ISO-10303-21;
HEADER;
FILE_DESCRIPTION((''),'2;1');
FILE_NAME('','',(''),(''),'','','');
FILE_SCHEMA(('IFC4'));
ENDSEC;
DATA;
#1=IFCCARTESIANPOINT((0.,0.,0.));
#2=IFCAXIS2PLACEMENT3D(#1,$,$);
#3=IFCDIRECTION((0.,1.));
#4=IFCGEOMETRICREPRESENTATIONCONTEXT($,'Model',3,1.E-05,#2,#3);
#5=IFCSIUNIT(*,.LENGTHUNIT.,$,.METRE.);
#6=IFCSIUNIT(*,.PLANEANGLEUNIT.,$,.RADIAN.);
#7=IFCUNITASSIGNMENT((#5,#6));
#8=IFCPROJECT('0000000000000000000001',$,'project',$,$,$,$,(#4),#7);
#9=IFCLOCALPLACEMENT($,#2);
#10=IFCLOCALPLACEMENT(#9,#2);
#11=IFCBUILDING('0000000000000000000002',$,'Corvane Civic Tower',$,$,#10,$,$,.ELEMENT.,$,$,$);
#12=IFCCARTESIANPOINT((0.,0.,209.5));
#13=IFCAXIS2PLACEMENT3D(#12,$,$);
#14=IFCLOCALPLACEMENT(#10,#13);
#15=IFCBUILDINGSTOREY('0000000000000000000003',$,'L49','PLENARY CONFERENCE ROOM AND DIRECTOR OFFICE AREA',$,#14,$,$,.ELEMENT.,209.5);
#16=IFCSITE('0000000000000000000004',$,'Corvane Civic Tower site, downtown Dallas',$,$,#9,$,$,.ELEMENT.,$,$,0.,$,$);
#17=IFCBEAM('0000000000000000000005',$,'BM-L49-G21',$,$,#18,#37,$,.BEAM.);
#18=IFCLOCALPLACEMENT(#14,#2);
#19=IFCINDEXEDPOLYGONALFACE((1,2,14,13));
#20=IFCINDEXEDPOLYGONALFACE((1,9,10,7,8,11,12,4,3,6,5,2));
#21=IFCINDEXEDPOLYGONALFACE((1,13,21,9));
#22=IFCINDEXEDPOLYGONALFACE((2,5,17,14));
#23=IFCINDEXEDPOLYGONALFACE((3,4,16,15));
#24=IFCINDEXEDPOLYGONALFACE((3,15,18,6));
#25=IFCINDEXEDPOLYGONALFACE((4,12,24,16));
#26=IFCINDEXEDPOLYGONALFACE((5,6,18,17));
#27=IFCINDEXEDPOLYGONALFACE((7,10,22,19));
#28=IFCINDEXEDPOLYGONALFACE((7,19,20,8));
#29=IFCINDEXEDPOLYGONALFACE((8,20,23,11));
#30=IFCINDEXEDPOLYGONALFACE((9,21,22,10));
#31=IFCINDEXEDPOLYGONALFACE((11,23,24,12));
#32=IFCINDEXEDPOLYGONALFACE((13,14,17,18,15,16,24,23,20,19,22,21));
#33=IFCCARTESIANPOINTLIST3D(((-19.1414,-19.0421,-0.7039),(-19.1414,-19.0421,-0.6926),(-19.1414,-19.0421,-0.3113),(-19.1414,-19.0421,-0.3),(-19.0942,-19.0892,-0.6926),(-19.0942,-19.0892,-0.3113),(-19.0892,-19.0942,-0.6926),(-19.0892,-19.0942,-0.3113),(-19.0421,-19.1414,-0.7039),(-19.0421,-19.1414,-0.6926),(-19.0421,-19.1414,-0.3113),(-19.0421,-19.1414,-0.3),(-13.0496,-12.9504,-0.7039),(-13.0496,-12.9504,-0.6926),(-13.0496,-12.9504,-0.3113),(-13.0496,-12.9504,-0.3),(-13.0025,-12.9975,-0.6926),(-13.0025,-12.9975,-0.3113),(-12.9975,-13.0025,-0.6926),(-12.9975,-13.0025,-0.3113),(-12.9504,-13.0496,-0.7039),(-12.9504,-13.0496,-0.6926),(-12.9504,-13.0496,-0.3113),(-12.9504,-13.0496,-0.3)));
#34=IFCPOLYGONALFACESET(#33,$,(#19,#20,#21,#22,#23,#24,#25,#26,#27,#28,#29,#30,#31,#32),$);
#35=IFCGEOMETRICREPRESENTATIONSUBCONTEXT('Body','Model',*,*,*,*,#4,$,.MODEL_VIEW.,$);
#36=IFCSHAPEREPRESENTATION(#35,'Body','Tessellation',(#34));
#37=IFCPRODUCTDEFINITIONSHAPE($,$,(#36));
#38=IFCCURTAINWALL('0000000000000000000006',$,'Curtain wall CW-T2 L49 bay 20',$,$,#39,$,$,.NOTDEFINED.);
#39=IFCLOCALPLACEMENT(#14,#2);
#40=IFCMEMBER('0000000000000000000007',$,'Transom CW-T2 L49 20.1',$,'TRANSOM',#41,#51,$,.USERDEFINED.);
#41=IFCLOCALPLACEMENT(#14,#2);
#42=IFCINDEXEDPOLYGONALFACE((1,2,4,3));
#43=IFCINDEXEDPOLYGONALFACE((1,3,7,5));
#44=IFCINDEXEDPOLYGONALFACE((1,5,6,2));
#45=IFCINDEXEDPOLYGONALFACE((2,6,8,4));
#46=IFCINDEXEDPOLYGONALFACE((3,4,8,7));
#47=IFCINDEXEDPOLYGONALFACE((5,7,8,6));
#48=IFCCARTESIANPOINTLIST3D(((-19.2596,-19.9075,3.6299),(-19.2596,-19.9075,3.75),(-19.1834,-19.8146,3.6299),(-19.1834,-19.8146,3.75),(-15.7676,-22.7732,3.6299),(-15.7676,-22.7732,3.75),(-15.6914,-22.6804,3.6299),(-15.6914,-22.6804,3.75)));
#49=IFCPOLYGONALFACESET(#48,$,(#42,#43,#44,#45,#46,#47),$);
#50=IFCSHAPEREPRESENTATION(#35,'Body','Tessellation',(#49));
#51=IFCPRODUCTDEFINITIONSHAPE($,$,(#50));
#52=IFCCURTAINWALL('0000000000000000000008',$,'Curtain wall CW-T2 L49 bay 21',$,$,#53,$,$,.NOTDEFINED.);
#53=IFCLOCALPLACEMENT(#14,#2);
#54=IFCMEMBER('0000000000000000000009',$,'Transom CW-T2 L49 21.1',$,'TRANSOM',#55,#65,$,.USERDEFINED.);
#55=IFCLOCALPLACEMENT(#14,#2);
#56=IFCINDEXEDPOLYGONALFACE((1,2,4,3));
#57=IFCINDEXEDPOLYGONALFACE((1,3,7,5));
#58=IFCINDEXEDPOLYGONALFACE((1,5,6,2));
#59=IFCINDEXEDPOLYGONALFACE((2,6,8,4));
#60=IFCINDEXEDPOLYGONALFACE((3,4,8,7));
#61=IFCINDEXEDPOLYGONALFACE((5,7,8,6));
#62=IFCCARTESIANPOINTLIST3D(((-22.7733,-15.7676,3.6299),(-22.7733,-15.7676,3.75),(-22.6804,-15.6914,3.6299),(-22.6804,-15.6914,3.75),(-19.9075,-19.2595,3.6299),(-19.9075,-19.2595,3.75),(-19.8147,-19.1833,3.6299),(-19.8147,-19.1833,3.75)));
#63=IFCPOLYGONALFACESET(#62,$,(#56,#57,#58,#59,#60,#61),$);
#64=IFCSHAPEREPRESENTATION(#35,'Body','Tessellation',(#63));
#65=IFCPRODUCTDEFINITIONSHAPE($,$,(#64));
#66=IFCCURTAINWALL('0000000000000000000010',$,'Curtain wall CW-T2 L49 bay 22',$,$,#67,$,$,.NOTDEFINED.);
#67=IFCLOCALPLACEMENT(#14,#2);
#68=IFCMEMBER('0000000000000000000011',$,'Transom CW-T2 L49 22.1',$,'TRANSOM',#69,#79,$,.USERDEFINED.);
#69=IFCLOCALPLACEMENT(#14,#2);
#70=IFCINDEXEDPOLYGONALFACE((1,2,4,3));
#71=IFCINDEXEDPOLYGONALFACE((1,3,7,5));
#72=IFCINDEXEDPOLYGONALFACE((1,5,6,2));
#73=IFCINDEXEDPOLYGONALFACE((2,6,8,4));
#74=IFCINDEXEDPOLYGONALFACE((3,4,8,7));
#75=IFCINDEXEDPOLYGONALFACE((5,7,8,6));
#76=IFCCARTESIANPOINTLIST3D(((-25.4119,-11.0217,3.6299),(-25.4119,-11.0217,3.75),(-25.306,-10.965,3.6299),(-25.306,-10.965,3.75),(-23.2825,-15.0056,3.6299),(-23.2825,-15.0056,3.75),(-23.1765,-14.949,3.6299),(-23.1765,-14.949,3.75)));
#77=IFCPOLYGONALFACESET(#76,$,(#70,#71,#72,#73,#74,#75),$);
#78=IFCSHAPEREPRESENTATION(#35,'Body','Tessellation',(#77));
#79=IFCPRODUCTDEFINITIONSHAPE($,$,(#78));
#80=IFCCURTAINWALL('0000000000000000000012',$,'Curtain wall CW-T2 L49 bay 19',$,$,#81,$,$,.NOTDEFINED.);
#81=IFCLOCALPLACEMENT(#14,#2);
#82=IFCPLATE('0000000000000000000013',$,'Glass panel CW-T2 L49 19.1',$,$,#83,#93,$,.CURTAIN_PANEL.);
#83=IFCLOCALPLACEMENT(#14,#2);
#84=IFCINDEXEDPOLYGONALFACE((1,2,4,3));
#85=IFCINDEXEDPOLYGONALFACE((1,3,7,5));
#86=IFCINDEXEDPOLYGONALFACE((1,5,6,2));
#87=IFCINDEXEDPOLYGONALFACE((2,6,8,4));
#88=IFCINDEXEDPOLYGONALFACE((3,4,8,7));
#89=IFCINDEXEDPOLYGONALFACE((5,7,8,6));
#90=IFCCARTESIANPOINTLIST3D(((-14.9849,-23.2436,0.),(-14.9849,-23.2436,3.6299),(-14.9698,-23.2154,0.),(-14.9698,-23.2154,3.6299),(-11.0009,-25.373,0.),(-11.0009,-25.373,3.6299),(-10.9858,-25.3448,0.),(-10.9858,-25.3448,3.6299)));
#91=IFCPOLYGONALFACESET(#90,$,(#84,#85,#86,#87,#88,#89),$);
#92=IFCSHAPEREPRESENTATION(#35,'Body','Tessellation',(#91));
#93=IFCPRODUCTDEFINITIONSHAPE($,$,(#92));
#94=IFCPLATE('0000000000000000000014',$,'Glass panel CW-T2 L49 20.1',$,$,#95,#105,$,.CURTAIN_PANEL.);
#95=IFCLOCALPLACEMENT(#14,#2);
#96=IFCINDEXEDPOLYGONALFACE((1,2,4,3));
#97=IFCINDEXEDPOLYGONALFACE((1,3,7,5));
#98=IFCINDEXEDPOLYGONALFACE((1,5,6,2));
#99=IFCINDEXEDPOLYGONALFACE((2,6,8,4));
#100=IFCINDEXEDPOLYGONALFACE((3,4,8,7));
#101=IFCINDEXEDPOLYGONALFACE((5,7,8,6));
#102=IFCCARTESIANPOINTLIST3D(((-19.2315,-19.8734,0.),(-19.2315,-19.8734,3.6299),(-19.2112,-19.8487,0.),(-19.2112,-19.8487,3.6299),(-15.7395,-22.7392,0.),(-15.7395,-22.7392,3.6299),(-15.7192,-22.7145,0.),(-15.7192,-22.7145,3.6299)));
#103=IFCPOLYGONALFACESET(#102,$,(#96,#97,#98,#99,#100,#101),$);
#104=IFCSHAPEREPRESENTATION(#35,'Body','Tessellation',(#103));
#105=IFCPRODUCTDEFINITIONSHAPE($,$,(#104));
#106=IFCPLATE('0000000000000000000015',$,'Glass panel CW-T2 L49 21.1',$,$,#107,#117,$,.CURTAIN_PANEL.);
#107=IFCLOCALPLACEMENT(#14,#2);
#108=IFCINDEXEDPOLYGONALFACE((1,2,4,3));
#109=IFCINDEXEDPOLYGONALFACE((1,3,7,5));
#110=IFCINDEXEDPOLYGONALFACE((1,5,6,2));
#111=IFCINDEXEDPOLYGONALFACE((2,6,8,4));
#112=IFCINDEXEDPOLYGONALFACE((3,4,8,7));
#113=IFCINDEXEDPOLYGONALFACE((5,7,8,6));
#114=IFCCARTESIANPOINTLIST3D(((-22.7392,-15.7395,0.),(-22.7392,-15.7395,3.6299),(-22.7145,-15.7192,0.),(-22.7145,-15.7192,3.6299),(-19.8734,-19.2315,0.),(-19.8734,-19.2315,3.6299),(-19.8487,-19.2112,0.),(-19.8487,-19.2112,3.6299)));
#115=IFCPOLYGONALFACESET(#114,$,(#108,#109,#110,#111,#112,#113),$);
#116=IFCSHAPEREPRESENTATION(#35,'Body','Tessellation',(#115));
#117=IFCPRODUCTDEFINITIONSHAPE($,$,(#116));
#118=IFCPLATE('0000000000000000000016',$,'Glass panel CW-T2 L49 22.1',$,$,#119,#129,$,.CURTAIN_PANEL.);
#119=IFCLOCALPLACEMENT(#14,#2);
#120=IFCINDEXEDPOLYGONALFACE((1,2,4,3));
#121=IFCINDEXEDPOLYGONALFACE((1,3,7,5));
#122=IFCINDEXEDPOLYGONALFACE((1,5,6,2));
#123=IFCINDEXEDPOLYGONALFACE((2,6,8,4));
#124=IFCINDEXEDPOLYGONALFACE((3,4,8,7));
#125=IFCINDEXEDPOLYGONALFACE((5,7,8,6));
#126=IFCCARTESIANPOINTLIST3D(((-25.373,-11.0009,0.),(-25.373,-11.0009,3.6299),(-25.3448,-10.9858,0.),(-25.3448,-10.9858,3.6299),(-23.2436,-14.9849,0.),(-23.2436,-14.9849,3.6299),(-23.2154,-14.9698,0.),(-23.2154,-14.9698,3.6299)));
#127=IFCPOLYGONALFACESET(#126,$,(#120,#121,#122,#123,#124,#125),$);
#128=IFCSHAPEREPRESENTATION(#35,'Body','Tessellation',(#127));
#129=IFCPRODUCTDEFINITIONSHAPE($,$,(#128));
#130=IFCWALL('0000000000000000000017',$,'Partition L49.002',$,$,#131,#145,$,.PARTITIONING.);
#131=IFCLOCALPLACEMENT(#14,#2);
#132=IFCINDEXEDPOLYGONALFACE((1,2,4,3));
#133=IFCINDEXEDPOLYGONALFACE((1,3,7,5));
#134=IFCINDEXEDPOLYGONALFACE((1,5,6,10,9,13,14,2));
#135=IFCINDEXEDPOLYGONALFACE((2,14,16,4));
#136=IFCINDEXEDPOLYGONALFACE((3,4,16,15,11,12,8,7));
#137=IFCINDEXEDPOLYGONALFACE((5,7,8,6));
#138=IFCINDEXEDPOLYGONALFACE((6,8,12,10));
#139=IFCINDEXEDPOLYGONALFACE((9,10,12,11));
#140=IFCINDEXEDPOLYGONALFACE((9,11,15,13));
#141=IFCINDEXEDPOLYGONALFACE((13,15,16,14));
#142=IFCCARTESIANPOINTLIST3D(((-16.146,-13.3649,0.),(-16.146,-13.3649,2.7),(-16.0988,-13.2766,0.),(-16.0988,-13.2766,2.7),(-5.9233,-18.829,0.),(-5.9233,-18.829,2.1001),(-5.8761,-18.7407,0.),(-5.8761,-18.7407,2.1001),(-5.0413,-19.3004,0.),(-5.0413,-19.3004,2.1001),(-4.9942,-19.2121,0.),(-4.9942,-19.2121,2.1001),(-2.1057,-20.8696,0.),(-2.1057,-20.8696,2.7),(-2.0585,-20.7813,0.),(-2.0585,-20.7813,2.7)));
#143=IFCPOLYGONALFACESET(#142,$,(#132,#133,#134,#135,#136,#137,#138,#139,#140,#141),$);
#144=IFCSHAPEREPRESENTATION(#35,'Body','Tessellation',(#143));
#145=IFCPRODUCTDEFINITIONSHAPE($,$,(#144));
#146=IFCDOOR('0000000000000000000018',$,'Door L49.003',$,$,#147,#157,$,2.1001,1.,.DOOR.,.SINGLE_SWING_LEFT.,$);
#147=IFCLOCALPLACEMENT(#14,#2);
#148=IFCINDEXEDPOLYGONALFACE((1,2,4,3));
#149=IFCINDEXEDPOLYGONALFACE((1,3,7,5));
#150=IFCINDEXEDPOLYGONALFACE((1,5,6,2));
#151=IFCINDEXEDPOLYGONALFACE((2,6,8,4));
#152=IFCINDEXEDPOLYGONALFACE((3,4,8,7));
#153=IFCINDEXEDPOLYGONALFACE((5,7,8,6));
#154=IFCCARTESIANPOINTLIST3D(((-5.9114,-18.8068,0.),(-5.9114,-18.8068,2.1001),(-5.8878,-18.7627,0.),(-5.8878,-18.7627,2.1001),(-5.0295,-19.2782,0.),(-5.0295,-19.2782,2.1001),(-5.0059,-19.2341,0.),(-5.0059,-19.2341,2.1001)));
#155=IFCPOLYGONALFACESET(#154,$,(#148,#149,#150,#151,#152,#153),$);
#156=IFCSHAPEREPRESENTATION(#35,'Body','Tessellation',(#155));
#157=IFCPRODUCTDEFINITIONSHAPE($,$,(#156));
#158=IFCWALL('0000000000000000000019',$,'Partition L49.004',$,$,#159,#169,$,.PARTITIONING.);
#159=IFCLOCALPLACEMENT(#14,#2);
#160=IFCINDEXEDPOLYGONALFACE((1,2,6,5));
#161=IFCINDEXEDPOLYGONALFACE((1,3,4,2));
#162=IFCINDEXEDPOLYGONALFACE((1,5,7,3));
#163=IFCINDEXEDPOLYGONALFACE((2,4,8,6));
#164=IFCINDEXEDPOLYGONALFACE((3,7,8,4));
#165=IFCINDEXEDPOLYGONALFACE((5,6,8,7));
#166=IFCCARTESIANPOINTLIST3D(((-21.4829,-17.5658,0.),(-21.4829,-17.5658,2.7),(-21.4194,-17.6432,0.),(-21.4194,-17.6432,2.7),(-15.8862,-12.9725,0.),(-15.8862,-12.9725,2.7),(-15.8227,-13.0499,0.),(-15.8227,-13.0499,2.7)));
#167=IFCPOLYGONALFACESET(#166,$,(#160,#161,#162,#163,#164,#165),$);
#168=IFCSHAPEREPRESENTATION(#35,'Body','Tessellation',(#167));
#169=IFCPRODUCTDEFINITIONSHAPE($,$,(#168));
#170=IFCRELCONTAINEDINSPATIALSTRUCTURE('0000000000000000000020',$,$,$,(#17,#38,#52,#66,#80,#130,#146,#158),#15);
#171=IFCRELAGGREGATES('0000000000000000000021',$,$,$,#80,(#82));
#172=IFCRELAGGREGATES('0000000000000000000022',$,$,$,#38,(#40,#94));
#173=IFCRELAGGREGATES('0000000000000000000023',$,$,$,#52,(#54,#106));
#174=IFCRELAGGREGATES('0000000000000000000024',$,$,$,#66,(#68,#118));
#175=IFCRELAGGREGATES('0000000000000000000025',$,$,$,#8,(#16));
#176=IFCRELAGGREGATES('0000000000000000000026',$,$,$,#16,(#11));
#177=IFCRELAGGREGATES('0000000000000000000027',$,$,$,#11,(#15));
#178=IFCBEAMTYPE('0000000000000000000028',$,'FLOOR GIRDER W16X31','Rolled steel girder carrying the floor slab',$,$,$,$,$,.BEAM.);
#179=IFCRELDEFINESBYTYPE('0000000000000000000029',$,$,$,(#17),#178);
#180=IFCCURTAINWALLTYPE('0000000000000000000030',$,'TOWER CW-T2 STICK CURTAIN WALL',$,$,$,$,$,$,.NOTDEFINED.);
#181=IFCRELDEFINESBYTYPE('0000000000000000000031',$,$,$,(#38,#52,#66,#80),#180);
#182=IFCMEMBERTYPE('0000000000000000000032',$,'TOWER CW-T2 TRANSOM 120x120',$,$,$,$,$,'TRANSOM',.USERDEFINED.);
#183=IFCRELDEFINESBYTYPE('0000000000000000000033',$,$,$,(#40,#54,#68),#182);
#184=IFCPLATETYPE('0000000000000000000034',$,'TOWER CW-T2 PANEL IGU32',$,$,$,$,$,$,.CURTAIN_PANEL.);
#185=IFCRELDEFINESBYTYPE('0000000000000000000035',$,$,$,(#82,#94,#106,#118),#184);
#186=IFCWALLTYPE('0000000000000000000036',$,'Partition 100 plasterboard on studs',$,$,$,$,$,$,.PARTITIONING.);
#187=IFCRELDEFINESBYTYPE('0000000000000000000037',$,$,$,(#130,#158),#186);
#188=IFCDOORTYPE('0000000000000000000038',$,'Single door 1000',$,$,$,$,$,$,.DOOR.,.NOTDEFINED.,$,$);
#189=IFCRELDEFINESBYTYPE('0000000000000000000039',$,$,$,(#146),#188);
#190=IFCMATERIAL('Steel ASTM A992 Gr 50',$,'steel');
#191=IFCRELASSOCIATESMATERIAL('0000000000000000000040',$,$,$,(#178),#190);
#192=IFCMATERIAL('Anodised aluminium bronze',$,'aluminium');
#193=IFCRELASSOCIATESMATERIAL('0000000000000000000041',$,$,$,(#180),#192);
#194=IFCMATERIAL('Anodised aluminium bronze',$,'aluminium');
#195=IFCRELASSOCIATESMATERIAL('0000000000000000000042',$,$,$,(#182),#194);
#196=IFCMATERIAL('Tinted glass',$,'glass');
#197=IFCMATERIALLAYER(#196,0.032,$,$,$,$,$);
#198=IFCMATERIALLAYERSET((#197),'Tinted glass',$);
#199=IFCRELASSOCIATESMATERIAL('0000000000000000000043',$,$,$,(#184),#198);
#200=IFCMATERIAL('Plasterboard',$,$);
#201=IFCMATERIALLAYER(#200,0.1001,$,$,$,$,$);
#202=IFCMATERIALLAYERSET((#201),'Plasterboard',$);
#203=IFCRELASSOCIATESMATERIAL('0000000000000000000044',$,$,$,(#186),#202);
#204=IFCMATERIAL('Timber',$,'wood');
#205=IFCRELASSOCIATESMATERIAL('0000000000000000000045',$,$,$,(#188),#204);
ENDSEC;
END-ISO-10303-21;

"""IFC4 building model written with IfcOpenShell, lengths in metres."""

from ifc_helpers import new_model, si_unit, direction, frame, frame_2d, origin, origin_2d, place, context, subcontext, project, spatial, rectangle, i_section, extrude, material, layer, layer_set, material_profile, profile_set, type_object, element, fill, aggregate, save


model = new_model("IFC4")

# Units and contexts
model_context = context("Model", 3, precision=1e-05, world=origin(), true_north=direction((0.0, 1.0)))
body_context = subcontext(model_context, "Body", "Model", "MODEL_VIEW")
ifc_project = project(units=[si_unit("LENGTHUNIT", "METRE"), si_unit("PLANEANGLEUNIT", "RADIAN")], contexts=[model_context])

# Site, building, storey
site_placement = place(None, origin())
site = spatial("IfcSite", under=ifc_project, at=site_placement, Name="Corvane Civic Tower site, downtown Dallas", CompositionType="ELEMENT", RefElevation=0.0)
building_placement = place(site_placement, origin())
building = spatial("IfcBuilding", under=site, at=building_placement, Name="Corvane Civic Tower", CompositionType="ELEMENT")
storey_placement = place(building_placement, frame((0.0, 0.0, 209.5)))
storey = spatial("IfcBuildingStorey", under=building, at=storey_placement, Name="L49", Description="PLENARY CONFERENCE ROOM AND DIRECTOR OFFICE AREA", CompositionType="ELEMENT", Elevation=209.5)

# Beam
ifc_material_1 = material(Name="Steel ASTM A992 Gr 50", Category="steel")
ifc_material_profile_1 = material_profile(ifc_material_1, i_section(OverallWidth=0.1404, OverallDepth=0.4038, WebThickness=0.0071, FlangeThickness=0.0112, at=origin_2d()), Name="W16X31")
ifc_profile_set_1 = profile_set([ifc_material_profile_1], Name="Steel ASTM A992 Gr 50")
beam_type_1 = type_object("IfcBeamType", Name="FLOOR GIRDER W16X31", Description="Rolled steel girder carrying the floor slab", PredefinedType="BEAM", material=ifc_profile_set_1)
beam_placement = place(storey_placement, frame((-13.0, -13.0, -0.502), z_axis=(-0.707107, -0.707107, 0.0), x_axis=(0.707107, -0.707107, 0.0)))
element("IfcBeam", 1, at=beam_placement, inside=storey, type_object=beam_type_1, Name="BM-L49-G21", PredefinedType="BEAM", context=body_context, shape_type="SweptSolid", body=[
    extrude(i_section(OverallWidth=0.1404, OverallDepth=0.4038, WebThickness=0.0071, FlangeThickness=0.0112, at=origin_2d()), origin(), (0.0, 0.0, 1.0), 8.615),
])

# Curtain walls, members
ifc_material_2 = material(Name="Anodised aluminium bronze", Category="aluminium")
curtain_wall_type = type_object("IfcCurtainWallType", Name="TOWER CW-T2 STICK CURTAIN WALL", PredefinedType="NOTDEFINED", material=ifc_material_2)
curtain_wall_1_placement = place(storey_placement, origin())
curtain_wall_1 = element("IfcCurtainWall", 2, at=curtain_wall_1_placement, inside=storey, type_object=curtain_wall_type, Name="Curtain wall CW-T2 L49 bay 20", PredefinedType="NOTDEFINED")
ifc_material_3 = material(Name="Anodised aluminium bronze", Category="aluminium")
ifc_material_profile_2 = material_profile(ifc_material_3, rectangle(XDim=0.1201, YDim=0.1201, at=origin_2d()), Name="TOWER CW-T2 TRANSOM 120x120")
ifc_profile_set_2 = profile_set([ifc_material_profile_2], Name="Anodised aluminium bronze")
member_type = type_object("IfcMemberType", Name="TOWER CW-T2 TRANSOM 120x120", ElementType="TRANSOM", PredefinedType="USERDEFINED", material=ifc_profile_set_2)
member_1_placement = place(storey_placement, frame((-15.7295, -22.7268, 3.6899), z_axis=(-0.773015, 0.634388, 0.0), x_axis=(-0.634388, -0.773015, 0.0)))
member_1 = element("IfcMember", 3, at=member_1_placement, type_object=member_type, Name="Transom CW-T2 L49 20.1", ObjectType="TRANSOM", PredefinedType="USERDEFINED", context=body_context, shape_type="SweptSolid", body=[
    extrude(rectangle(XDim=0.1201, YDim=0.1201, at=origin_2d()), origin(), (0.0, 0.0, 1.0), 4.5173),
])
curtain_wall_2_placement = place(storey_placement, origin())
curtain_wall_2 = element("IfcCurtainWall", 4, at=curtain_wall_2_placement, inside=storey, type_object=curtain_wall_type, Name="Curtain wall CW-T2 L49 bay 21", PredefinedType="NOTDEFINED")
member_2_placement = place(storey_placement, frame((-19.8611, -19.2214, 3.6899), z_axis=(-0.634388, 0.773015, 0.0), x_axis=(-0.773015, -0.634388, 0.0)))
member_2 = element("IfcMember", 5, at=member_2_placement, type_object=member_type, Name="Transom CW-T2 L49 21.1", ObjectType="TRANSOM", PredefinedType="USERDEFINED", context=body_context, shape_type="SweptSolid", body=[
    extrude(rectangle(XDim=0.1201, YDim=0.1201, at=origin_2d()), origin(), (0.0, 0.0, 1.0), 4.5173),
])
curtain_wall_3_placement = place(storey_placement, origin())
curtain_wall_3 = element("IfcCurtainWall", 6, at=curtain_wall_3_placement, inside=storey, type_object=curtain_wall_type, Name="Curtain wall CW-T2 L49 bay 22", PredefinedType="NOTDEFINED")
member_3_placement = place(storey_placement, frame((-23.2295, -14.9773, 3.6899), z_axis=(-0.47139, 0.881925, 0.0), x_axis=(-0.881925, -0.47139, 0.0)))
member_3 = element("IfcMember", 7, at=member_3_placement, type_object=member_type, Name="Transom CW-T2 L49 22.1", ObjectType="TRANSOM", PredefinedType="USERDEFINED", context=body_context, shape_type="SweptSolid", body=[
    extrude(rectangle(XDim=0.1201, YDim=0.1201, at=origin_2d()), origin(), (0.0, 0.0, 1.0), 4.5173),
])

# Curtain wall, plate
curtain_wall_4_placement = place(storey_placement, origin())
curtain_wall_4 = element("IfcCurtainWall", 8, at=curtain_wall_4_placement, inside=storey, type_object=curtain_wall_type, Name="Curtain wall CW-T2 L49 bay 19", PredefinedType="NOTDEFINED")
ifc_material_4 = material(Name="Tinted glass", Category="glass")
ifc_layer_1 = layer(ifc_material_4, 0.032)
ifc_layer_set_1 = layer_set([ifc_layer_1], Name="Tinted glass")
plate_type = type_object("IfcPlateType", Name="TOWER CW-T2 PANEL IGU32", PredefinedType="CURTAIN_PANEL", material=ifc_layer_set_1)
plate_1_placement = place(storey_placement, frame((-12.9854, -24.2942, 0.0), z_axis=(0.0, 0.0, 1.0), x_axis=(-0.88192, 0.471398, 0.0)))
plate_1 = element("IfcPlate", 9, at=plate_1_placement, type_object=plate_type, Name="Glass panel CW-T2 L49 19.1", PredefinedType="CURTAIN_PANEL", context=body_context, shape_type="SweptSolid", body=[
    extrude(rectangle(XDim=4.5173, YDim=0.032, at=origin_2d()), origin(), (0.0, 0.0, 1.0), 3.6299),
])
aggregate(curtain_wall_4, [plate_1])

# Plates
plate_2_placement = place(storey_placement, frame((-17.4753, -21.2939, 0.0), z_axis=(0.0, 0.0, 1.0), x_axis=(-0.773012, 0.634391, 0.0)))
plate_2 = element("IfcPlate", 10, at=plate_2_placement, type_object=plate_type, Name="Glass panel CW-T2 L49 20.1", PredefinedType="CURTAIN_PANEL", context=body_context, shape_type="SweptSolid", body=[
    extrude(rectangle(XDim=4.5173, YDim=0.032, at=origin_2d()), origin(), (0.0, 0.0, 1.0), 3.6299),
])
aggregate(curtain_wall_1, [member_1, plate_2])
plate_3_placement = place(storey_placement, frame((-21.2939, -17.4753, 0.0), z_axis=(0.0, 0.0, 1.0), x_axis=(-0.634391, 0.773012, 0.0)))
plate_3 = element("IfcPlate", 11, at=plate_3_placement, type_object=plate_type, Name="Glass panel CW-T2 L49 21.1", PredefinedType="CURTAIN_PANEL", context=body_context, shape_type="SweptSolid", body=[
    extrude(rectangle(XDim=4.5173, YDim=0.032, at=origin_2d()), origin(), (0.0, 0.0, 1.0), 3.6299),
])
aggregate(curtain_wall_2, [member_2, plate_3])
plate_4_placement = place(storey_placement, frame((-24.2942, -12.9854, 0.0), z_axis=(0.0, 0.0, 1.0), x_axis=(-0.471398, 0.88192, 0.0)))
plate_4 = element("IfcPlate", 12, at=plate_4_placement, type_object=plate_type, Name="Glass panel CW-T2 L49 22.1", PredefinedType="CURTAIN_PANEL", context=body_context, shape_type="SweptSolid", body=[
    extrude(rectangle(XDim=4.5173, YDim=0.032, at=origin_2d()), origin(), (0.0, 0.0, 1.0), 3.6299),
])
aggregate(curtain_wall_3, [member_3, plate_4])

# Wall, opening, door
ifc_material_5 = material(Name="Plasterboard")
ifc_layer_2 = layer(ifc_material_5, 0.1001)
ifc_layer_set_2 = layer_set([ifc_layer_2], Name="Plasterboard")
wall_type_1 = type_object("IfcWallType", Name="Partition 100 plasterboard on studs", PredefinedType="PARTITIONING", material=ifc_layer_set_2)
wall_1_placement = place(storey_placement, frame((-16.1223, -13.3208, 0.0), z_axis=(0.0, 0.0, 1.0), x_axis=(0.881923, -0.471394, 0.0)))
wall_1 = element("IfcWall", 13, at=wall_1_placement, inside=storey, type_object=wall_type_1, Name="Partition L49.002", PredefinedType="PARTITIONING", context=body_context, shape_type="SweptSolid", body=[
    extrude(rectangle(XDim=15.9202, YDim=0.1001, at=frame_2d((7.96, 0.0))), origin(), (0.0, 0.0, 1.0), 2.7),
])
opening_1_placement = place(wall_1_placement, frame((11.5913, 0.0, 0.0)))
opening_1 = element("IfcOpeningElement", 14, at=opening_1_placement, cuts=wall_1, PredefinedType="OPENING", context=body_context, shape_type="SweptSolid", body=[
    extrude(rectangle(XDim=1.0, YDim=2.1001, at=frame_2d((0.5, 1.05))), frame((0.0, 0.0601, 0.0), z_axis=(0.0, -1.0, 0.0), x_axis=(1.0, 0.0, 0.0)), (0.0, 0.0, 1.0), 0.1201),
])
ifc_material_6 = material(Name="Timber", Category="wood")
door_type_1 = type_object("IfcDoorType", Name="Single door 1000", OperationType="NOTDEFINED", PredefinedType="DOOR", material=ifc_material_6)
door_1_placement = place(opening_1_placement, frame((1.0, 0.0, 0.0), z_axis=(0.0, 0.0, 1.0), x_axis=(-1.0, 0.0, 0.0)))
door_1 = element("IfcDoor", 15, at=door_1_placement, inside=storey, type_object=door_type_1, Name="Door L49.003", OperationType="SINGLE_SWING_LEFT", OverallHeight=2.1001, OverallWidth=1.0, PredefinedType="DOOR", context=body_context, shape_type="SweptSolid", body=[
    extrude(rectangle(XDim=1.0, YDim=2.1001, at=frame_2d((0.5, 1.05))), frame((0.0, 0.0249, 0.0), z_axis=(0.0, -1.0, 0.0), x_axis=(1.0, 0.0, 0.0)), (0.0, 0.0, 1.0), 0.05),
])
fill(opening_1, door_1)

# Wall
wall_2_placement = place(storey_placement, frame((-21.4512, -17.6045, 0.0), z_axis=(0.0, 0.0, 1.0), x_axis=(0.772998, 0.634409, 0.0)))
element("IfcWall", 16, at=wall_2_placement, inside=storey, type_object=wall_type_1, Name="Partition L49.004", PredefinedType="PARTITIONING", context=body_context, shape_type="SweptSolid", body=[
    extrude(rectangle(XDim=7.2402, YDim=0.1001, at=frame_2d((3.6201, 0.0))), origin(), (0.0, 0.0, 1.0), 2.7),
])

save(model, "model.ifc")
